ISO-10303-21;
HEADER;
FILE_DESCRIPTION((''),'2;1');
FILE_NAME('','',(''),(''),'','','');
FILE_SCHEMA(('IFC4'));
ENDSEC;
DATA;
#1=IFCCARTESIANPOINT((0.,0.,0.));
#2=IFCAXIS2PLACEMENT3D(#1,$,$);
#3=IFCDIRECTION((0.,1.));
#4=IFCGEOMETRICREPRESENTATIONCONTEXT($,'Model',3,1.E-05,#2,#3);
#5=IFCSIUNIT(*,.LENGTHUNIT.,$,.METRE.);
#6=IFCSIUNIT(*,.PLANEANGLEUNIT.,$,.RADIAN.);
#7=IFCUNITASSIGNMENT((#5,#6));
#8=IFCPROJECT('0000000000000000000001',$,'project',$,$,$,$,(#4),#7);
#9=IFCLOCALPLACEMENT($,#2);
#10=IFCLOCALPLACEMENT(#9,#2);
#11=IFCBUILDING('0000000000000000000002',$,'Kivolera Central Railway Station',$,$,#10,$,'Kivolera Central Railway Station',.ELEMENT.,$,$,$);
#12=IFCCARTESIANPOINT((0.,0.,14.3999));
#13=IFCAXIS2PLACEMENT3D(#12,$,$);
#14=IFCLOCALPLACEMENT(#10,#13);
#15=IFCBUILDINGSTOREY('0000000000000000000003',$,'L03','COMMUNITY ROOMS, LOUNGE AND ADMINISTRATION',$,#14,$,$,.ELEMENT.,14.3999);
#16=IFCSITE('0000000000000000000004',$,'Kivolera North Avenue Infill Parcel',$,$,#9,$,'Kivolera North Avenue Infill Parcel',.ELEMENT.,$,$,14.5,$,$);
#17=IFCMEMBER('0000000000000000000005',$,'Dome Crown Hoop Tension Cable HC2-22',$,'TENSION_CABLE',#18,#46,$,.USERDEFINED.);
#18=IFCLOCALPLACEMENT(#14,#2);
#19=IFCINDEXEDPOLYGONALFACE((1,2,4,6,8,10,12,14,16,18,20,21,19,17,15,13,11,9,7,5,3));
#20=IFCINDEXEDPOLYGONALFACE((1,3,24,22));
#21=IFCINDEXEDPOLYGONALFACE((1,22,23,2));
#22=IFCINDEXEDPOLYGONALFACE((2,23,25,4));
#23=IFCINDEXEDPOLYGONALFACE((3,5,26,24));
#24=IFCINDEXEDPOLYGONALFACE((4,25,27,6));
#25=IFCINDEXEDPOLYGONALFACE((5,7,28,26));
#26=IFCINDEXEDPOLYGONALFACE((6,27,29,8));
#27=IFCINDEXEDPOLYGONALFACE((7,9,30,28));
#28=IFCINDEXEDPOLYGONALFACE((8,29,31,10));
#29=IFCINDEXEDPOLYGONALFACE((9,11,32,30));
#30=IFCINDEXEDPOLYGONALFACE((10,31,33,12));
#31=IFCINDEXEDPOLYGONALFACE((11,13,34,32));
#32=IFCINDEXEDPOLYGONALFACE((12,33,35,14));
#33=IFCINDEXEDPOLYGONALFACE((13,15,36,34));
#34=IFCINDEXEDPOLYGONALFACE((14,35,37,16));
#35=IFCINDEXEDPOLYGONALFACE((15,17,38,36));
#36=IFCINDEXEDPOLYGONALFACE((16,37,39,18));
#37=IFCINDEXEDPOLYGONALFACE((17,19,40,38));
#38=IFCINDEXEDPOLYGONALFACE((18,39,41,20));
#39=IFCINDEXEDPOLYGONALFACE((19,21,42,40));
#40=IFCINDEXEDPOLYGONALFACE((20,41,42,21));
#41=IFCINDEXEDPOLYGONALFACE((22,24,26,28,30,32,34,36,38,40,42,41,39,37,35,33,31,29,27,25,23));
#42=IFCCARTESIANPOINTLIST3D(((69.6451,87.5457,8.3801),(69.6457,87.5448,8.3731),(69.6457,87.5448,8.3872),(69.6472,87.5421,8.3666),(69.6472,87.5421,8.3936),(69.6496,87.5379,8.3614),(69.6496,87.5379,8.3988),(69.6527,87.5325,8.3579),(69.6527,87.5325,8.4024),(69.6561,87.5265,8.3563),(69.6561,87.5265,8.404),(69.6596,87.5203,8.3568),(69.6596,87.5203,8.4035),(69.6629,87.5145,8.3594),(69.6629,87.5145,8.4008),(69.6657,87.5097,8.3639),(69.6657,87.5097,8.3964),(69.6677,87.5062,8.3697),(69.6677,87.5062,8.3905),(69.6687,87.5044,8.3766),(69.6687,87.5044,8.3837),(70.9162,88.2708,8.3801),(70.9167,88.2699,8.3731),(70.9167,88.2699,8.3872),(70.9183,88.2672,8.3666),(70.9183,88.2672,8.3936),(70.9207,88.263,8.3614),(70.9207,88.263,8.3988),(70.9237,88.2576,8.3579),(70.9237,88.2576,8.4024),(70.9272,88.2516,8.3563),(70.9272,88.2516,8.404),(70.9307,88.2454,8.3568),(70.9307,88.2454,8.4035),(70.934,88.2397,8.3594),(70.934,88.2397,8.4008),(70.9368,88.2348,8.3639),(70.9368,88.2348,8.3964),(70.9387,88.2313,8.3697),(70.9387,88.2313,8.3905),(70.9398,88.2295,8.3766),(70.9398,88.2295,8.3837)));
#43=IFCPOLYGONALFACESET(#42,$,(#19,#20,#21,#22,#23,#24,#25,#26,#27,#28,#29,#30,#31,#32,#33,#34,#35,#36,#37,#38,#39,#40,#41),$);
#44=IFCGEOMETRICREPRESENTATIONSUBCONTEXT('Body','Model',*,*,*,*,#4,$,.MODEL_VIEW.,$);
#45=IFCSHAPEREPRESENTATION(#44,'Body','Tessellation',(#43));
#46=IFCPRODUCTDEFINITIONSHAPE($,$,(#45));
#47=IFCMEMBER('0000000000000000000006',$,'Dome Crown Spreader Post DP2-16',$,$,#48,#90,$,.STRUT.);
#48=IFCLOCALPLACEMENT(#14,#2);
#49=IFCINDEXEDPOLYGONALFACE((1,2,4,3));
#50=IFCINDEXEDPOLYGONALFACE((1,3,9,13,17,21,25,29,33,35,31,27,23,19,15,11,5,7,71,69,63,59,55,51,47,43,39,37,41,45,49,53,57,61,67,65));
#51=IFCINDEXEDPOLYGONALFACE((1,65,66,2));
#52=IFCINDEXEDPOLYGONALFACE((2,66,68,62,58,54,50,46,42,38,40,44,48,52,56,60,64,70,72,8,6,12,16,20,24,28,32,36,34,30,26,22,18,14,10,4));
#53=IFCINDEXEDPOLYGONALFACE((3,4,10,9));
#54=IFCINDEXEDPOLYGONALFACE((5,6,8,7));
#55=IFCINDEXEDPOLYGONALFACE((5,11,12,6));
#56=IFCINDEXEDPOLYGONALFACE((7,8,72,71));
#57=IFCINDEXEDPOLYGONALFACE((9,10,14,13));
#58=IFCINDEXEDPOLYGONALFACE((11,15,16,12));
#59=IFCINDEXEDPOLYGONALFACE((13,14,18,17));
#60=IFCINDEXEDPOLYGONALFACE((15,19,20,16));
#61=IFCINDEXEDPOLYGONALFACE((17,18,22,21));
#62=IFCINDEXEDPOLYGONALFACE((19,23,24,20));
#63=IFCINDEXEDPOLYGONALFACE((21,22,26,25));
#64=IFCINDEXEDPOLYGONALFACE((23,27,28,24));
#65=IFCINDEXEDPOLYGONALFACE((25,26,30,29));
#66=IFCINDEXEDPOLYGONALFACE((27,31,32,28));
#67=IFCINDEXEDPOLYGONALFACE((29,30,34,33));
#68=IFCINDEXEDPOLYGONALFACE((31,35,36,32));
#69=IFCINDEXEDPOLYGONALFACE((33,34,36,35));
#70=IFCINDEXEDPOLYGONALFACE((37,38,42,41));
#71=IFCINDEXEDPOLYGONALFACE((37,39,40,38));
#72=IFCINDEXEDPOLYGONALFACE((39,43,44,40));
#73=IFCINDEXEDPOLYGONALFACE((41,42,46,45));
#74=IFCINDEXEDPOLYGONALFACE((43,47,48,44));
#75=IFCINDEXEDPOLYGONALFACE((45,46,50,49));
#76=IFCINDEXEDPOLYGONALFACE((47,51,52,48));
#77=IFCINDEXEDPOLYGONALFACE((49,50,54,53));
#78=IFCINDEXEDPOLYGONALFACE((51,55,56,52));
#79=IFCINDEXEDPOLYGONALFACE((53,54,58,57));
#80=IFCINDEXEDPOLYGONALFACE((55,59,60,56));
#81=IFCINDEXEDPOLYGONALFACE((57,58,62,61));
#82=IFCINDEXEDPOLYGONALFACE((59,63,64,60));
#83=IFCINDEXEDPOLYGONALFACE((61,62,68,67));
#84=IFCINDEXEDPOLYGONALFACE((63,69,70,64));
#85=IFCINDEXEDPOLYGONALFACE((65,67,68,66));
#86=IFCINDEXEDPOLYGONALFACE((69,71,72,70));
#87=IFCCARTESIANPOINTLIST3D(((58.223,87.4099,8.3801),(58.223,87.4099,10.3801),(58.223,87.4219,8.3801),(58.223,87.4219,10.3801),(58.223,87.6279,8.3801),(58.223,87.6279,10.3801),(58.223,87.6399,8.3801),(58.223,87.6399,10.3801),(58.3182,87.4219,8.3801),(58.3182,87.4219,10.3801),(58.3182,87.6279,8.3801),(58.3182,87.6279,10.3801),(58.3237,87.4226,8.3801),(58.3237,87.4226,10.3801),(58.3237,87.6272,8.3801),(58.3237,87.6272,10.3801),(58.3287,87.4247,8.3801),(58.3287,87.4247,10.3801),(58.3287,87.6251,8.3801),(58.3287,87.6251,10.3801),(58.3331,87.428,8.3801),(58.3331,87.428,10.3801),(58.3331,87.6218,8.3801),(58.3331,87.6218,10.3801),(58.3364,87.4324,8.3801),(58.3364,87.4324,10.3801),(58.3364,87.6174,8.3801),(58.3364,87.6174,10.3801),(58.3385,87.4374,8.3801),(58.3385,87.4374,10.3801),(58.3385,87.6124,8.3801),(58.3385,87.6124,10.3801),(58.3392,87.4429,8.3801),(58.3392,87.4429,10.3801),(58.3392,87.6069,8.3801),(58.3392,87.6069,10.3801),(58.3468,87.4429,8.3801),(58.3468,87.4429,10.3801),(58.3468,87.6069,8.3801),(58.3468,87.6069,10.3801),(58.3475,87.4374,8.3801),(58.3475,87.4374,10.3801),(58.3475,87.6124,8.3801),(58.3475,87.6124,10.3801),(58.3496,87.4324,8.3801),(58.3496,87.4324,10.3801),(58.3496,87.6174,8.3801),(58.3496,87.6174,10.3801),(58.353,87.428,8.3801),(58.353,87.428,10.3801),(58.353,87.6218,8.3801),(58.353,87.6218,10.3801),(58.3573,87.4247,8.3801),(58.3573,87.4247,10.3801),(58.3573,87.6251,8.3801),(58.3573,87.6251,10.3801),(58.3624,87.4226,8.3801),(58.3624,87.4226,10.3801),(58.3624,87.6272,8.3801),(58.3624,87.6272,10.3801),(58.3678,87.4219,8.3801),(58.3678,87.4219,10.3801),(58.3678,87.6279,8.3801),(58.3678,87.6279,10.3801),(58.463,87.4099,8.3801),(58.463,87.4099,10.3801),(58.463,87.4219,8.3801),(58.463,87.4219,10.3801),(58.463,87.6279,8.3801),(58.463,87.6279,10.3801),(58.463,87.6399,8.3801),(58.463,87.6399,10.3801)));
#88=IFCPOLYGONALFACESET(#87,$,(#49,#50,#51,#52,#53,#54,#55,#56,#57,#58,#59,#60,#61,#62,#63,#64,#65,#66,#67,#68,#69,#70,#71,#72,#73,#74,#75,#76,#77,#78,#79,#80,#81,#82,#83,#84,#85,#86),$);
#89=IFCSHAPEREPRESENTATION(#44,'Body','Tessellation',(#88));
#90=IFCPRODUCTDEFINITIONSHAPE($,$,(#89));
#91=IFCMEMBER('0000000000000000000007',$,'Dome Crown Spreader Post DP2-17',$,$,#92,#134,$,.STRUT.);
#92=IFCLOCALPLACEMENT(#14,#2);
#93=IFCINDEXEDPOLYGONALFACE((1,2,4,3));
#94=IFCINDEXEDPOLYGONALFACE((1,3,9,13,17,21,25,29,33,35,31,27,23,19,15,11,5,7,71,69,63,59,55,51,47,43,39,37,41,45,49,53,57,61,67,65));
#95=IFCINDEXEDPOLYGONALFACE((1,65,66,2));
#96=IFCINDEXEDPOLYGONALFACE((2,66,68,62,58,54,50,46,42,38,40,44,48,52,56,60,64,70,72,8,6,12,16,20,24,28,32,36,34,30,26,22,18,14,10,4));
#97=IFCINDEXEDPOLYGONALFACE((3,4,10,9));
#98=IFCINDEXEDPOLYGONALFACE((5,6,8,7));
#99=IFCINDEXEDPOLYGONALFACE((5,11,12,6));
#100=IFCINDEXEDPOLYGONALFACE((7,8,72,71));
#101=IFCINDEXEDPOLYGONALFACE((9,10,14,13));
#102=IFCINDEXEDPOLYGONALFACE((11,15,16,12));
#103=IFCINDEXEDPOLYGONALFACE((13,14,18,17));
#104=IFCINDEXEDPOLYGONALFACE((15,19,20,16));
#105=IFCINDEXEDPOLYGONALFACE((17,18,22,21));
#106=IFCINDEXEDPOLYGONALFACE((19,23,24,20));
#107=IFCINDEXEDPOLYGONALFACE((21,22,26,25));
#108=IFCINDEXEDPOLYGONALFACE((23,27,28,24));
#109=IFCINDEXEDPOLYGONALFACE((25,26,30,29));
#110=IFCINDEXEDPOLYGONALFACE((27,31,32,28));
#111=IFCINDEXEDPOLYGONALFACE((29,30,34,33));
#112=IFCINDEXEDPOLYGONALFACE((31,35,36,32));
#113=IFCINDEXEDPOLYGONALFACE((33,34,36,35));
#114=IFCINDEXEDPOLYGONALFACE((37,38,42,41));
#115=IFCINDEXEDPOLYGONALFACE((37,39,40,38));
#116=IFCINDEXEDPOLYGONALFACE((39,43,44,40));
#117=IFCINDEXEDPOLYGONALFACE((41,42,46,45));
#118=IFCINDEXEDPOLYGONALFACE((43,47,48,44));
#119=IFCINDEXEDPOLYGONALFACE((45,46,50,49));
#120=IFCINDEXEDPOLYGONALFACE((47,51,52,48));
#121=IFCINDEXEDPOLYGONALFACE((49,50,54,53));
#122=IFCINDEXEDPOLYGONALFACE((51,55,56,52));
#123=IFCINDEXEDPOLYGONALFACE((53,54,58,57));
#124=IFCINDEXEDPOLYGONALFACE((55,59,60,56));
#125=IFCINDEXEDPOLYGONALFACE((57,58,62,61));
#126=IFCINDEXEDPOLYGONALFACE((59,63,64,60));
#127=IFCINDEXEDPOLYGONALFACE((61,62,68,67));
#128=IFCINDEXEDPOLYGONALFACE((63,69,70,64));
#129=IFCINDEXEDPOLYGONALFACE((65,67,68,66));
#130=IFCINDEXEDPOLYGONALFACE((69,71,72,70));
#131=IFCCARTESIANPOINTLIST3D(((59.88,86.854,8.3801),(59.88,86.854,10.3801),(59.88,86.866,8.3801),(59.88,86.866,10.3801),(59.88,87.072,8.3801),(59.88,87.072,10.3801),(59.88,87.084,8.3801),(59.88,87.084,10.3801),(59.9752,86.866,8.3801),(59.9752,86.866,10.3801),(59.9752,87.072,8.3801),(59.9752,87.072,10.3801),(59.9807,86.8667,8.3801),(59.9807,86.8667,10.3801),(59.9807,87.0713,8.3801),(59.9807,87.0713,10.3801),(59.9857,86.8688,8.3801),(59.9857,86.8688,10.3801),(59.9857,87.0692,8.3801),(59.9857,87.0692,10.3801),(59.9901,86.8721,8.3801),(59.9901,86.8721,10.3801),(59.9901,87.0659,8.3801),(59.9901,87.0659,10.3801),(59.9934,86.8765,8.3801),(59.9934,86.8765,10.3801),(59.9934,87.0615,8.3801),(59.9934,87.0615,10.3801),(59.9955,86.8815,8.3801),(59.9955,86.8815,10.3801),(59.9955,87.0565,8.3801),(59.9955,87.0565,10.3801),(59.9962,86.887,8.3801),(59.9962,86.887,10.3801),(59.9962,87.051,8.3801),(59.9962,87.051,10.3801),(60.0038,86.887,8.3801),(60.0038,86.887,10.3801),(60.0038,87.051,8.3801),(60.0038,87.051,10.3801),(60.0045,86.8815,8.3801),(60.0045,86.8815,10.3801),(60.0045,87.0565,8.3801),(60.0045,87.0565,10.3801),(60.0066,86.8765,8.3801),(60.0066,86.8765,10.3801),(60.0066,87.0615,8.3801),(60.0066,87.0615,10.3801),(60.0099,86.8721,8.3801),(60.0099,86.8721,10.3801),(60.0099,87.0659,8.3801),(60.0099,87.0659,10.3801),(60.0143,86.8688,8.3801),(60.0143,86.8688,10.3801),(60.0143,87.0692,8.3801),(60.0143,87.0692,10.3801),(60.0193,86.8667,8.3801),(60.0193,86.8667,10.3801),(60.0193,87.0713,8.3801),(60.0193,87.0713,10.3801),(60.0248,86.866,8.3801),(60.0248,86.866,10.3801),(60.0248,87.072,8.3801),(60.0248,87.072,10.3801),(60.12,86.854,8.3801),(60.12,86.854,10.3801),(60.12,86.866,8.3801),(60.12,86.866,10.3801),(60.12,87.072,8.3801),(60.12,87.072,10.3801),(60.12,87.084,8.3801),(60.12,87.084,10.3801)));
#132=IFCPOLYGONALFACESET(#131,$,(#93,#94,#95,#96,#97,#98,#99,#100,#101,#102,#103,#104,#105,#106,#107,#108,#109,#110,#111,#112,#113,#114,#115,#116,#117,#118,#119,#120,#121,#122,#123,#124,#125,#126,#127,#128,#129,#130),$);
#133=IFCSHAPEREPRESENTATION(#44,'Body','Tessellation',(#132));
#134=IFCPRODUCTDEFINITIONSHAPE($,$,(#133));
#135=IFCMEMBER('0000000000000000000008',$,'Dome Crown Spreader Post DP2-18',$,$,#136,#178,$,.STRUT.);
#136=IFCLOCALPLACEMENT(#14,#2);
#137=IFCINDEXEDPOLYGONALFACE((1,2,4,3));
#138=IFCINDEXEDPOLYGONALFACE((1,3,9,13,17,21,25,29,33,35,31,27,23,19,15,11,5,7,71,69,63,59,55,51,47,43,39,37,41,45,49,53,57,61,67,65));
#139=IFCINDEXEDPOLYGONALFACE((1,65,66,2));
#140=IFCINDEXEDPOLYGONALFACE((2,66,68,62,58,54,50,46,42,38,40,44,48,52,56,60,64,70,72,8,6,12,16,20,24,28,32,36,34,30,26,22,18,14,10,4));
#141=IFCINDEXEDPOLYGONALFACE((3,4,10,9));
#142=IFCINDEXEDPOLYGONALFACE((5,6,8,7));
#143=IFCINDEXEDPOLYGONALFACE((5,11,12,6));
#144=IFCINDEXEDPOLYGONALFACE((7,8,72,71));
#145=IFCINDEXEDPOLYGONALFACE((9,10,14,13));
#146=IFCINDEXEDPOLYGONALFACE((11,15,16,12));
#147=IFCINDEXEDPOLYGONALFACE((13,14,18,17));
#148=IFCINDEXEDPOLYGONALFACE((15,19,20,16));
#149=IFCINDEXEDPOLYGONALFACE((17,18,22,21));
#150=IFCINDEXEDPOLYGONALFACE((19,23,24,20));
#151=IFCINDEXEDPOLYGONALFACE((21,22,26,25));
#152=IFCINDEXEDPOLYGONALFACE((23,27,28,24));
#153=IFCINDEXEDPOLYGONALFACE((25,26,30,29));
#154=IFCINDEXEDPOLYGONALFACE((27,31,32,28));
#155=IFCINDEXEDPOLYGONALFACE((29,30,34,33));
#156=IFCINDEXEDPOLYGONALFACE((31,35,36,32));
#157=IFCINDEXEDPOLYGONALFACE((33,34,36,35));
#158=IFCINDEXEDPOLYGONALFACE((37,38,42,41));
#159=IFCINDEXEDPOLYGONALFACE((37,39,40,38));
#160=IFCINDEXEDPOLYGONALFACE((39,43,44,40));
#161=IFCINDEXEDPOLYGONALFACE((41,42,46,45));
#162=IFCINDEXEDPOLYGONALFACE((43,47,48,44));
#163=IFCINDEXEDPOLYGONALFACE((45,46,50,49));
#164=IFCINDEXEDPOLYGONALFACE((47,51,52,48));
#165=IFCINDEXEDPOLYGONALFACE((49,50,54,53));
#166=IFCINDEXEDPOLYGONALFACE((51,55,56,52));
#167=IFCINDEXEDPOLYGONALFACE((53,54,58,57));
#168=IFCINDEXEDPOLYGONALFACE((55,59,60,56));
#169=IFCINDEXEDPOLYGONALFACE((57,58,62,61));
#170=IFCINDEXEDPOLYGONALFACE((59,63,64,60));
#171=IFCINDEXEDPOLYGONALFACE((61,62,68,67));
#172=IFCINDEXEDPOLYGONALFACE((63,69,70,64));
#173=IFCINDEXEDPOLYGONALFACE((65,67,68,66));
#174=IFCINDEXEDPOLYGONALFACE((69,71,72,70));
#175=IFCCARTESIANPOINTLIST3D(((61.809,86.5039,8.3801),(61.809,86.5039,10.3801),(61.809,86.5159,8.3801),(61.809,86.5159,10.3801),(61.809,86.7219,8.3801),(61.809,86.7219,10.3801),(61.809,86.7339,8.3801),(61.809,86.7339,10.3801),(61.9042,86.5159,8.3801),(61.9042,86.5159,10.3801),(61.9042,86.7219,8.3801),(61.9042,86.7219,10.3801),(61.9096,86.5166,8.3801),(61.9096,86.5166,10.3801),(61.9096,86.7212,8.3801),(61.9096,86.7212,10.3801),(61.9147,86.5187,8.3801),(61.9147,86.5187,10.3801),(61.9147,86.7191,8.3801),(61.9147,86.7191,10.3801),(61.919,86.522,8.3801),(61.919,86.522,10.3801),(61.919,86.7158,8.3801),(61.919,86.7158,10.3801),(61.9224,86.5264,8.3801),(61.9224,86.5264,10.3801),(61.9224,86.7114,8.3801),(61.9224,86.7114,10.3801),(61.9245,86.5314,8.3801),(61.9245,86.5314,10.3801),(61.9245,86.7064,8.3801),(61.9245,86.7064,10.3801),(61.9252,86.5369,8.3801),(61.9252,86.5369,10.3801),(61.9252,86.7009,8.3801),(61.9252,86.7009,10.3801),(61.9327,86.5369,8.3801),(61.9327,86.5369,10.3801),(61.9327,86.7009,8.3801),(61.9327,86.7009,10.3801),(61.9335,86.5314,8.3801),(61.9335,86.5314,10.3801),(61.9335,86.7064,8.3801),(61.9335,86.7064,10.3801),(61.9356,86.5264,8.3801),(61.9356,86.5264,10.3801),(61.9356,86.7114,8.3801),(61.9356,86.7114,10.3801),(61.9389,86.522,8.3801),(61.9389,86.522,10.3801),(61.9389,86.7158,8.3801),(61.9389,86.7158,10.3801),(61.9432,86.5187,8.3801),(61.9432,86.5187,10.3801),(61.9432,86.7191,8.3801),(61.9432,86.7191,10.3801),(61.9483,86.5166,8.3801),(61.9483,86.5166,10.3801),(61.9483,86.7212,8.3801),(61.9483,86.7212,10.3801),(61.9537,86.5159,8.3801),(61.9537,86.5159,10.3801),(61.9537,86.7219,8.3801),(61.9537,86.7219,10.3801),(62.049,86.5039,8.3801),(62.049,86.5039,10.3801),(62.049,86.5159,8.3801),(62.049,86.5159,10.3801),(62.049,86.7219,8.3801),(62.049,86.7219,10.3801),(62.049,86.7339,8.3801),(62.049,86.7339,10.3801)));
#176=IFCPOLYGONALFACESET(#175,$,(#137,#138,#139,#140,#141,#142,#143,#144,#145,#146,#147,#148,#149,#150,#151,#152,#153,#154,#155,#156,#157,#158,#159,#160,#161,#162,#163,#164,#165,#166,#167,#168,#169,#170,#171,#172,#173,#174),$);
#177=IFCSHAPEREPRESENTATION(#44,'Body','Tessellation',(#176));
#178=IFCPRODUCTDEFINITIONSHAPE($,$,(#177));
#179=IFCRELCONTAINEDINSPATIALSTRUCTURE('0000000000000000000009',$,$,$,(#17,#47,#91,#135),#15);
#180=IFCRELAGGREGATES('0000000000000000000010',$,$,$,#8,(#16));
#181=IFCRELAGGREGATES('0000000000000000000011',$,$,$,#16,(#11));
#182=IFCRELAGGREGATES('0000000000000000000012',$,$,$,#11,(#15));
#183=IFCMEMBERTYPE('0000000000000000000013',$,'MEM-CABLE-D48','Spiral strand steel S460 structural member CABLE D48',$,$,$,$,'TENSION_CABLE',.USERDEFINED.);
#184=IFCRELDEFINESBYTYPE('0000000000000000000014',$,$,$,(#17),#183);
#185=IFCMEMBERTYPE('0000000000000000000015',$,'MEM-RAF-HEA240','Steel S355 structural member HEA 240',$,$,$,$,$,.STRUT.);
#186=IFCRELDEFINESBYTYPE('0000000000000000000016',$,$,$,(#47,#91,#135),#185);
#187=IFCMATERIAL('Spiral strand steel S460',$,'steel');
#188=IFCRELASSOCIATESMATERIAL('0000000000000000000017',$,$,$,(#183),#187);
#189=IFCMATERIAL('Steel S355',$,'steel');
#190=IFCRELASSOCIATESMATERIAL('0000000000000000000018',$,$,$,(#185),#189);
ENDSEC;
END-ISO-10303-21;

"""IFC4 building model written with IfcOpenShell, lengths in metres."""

from ifc_helpers import new_model, si_unit, direction, frame, origin, origin_2d, place, context, subcontext, project, spatial, circle, i_section, extrude, material, material_profile, profile_set, type_object, element, save


model = new_model("IFC4")

# Units and contexts
model_context = context("Model", 3, precision=1e-05, world=origin(), true_north=direction((0.0, 1.0)))
body_context = subcontext(model_context, "Body", "Model", "MODEL_VIEW")
ifc_project = project(units=[si_unit("LENGTHUNIT", "METRE"), si_unit("PLANEANGLEUNIT", "RADIAN")], contexts=[model_context])

# Site, building, storey
site_placement = place(None, origin())
site = spatial("IfcSite", under=ifc_project, at=site_placement, Name="Kivolera North Avenue Infill Parcel", LongName="Kivolera North Avenue Infill Parcel", CompositionType="ELEMENT", RefElevation=14.5)
building_placement = place(site_placement, origin())
building = spatial("IfcBuilding", under=site, at=building_placement, Name="Kivolera Central Railway Station", LongName="Kivolera Central Railway Station", CompositionType="ELEMENT")
storey_placement = place(building_placement, frame((0.0, 0.0, 14.3999)))
storey = spatial("IfcBuildingStorey", under=building, at=storey_placement, Name="L03", Description="COMMUNITY ROOMS, LOUNGE AND ADMINISTRATION", CompositionType="ELEMENT", Elevation=14.3999)

# Shared definitions
ifc_material_1 = material(Name="Steel S355", Category="steel")

# Members
ifc_material_2 = material(Name="Spiral strand steel S460", Category="steel")
ifc_material_profile_1 = material_profile(ifc_material_2, circle(Radius=0.0239, at=origin_2d()), Name="CABLE D48")
ifc_profile_set_1 = profile_set([ifc_material_profile_1], Name="Spiral strand steel S460")
member_type_1 = type_object("IfcMemberType", Name="MEM-CABLE-D48", Description="Spiral strand steel S460 structural member CABLE D48", ElementType="TENSION_CABLE", PredefinedType="USERDEFINED", material=ifc_profile_set_1)
member_1_placement = place(storey_placement, frame((69.657, 87.5249, 8.3801), z_axis=(0.868592, 0.495528, 0.0), x_axis=(-0.495528, 0.868592, 0.0)))
element("IfcMember", 1, at=member_1_placement, inside=storey, type_object=member_type_1, Name="Dome Crown Hoop Tension Cable HC2-22", ObjectType="TENSION_CABLE", PredefinedType="USERDEFINED", context=body_context, shape_type="SweptSolid", body=[
    extrude(circle(Radius=0.0239, at=origin_2d()), origin(), (0.0, 0.0, 1.0), 1.4634),
])
ifc_material_profile_2 = material_profile(ifc_material_1, i_section(OverallWidth=0.24, OverallDepth=0.23, WebThickness=0.0076, FlangeThickness=0.012, FilletRadius=0.021, at=origin_2d()), Name="HEA 240")
ifc_profile_set_2 = profile_set([ifc_material_profile_2], Name="Steel S355")
member_type_2 = type_object("IfcMemberType", Name="MEM-RAF-HEA240", Description="Steel S355 structural member HEA 240", PredefinedType="STRUT", material=ifc_profile_set_2)
for number, where, z_axis, x_axis, name in (
    (2, (58.343, 87.5249, 8.3801), (0.0, 0.0, 1.0), (1.0, 0.0, 0.0), "Dome Crown Spreader Post DP2-16"),
    (3, (60.0, 86.969, 8.3801), (0.0, 0.0, 1.0), (1.0, 0.0, 0.0), "Dome Crown Spreader Post DP2-17"),
    (4, (61.929, 86.6189, 8.3801), (0.0, 0.0, 1.0), (1.0, 0.0, 0.0), "Dome Crown Spreader Post DP2-18"),
):
    element("IfcMember", number, at=place(storey_placement, frame(where, z_axis=z_axis, x_axis=x_axis)), inside=storey, type_object=member_type_2, Name=name, PredefinedType="STRUT", context=body_context, shape_type="SweptSolid", body=[
        extrude(i_section(OverallWidth=0.24, OverallDepth=0.23, WebThickness=0.0076, FlangeThickness=0.012, FilletRadius=0.021, at=origin_2d()), origin(), (0.0, 0.0, 1.0), 2.0),
    ])

save(model, "model.ifc")
